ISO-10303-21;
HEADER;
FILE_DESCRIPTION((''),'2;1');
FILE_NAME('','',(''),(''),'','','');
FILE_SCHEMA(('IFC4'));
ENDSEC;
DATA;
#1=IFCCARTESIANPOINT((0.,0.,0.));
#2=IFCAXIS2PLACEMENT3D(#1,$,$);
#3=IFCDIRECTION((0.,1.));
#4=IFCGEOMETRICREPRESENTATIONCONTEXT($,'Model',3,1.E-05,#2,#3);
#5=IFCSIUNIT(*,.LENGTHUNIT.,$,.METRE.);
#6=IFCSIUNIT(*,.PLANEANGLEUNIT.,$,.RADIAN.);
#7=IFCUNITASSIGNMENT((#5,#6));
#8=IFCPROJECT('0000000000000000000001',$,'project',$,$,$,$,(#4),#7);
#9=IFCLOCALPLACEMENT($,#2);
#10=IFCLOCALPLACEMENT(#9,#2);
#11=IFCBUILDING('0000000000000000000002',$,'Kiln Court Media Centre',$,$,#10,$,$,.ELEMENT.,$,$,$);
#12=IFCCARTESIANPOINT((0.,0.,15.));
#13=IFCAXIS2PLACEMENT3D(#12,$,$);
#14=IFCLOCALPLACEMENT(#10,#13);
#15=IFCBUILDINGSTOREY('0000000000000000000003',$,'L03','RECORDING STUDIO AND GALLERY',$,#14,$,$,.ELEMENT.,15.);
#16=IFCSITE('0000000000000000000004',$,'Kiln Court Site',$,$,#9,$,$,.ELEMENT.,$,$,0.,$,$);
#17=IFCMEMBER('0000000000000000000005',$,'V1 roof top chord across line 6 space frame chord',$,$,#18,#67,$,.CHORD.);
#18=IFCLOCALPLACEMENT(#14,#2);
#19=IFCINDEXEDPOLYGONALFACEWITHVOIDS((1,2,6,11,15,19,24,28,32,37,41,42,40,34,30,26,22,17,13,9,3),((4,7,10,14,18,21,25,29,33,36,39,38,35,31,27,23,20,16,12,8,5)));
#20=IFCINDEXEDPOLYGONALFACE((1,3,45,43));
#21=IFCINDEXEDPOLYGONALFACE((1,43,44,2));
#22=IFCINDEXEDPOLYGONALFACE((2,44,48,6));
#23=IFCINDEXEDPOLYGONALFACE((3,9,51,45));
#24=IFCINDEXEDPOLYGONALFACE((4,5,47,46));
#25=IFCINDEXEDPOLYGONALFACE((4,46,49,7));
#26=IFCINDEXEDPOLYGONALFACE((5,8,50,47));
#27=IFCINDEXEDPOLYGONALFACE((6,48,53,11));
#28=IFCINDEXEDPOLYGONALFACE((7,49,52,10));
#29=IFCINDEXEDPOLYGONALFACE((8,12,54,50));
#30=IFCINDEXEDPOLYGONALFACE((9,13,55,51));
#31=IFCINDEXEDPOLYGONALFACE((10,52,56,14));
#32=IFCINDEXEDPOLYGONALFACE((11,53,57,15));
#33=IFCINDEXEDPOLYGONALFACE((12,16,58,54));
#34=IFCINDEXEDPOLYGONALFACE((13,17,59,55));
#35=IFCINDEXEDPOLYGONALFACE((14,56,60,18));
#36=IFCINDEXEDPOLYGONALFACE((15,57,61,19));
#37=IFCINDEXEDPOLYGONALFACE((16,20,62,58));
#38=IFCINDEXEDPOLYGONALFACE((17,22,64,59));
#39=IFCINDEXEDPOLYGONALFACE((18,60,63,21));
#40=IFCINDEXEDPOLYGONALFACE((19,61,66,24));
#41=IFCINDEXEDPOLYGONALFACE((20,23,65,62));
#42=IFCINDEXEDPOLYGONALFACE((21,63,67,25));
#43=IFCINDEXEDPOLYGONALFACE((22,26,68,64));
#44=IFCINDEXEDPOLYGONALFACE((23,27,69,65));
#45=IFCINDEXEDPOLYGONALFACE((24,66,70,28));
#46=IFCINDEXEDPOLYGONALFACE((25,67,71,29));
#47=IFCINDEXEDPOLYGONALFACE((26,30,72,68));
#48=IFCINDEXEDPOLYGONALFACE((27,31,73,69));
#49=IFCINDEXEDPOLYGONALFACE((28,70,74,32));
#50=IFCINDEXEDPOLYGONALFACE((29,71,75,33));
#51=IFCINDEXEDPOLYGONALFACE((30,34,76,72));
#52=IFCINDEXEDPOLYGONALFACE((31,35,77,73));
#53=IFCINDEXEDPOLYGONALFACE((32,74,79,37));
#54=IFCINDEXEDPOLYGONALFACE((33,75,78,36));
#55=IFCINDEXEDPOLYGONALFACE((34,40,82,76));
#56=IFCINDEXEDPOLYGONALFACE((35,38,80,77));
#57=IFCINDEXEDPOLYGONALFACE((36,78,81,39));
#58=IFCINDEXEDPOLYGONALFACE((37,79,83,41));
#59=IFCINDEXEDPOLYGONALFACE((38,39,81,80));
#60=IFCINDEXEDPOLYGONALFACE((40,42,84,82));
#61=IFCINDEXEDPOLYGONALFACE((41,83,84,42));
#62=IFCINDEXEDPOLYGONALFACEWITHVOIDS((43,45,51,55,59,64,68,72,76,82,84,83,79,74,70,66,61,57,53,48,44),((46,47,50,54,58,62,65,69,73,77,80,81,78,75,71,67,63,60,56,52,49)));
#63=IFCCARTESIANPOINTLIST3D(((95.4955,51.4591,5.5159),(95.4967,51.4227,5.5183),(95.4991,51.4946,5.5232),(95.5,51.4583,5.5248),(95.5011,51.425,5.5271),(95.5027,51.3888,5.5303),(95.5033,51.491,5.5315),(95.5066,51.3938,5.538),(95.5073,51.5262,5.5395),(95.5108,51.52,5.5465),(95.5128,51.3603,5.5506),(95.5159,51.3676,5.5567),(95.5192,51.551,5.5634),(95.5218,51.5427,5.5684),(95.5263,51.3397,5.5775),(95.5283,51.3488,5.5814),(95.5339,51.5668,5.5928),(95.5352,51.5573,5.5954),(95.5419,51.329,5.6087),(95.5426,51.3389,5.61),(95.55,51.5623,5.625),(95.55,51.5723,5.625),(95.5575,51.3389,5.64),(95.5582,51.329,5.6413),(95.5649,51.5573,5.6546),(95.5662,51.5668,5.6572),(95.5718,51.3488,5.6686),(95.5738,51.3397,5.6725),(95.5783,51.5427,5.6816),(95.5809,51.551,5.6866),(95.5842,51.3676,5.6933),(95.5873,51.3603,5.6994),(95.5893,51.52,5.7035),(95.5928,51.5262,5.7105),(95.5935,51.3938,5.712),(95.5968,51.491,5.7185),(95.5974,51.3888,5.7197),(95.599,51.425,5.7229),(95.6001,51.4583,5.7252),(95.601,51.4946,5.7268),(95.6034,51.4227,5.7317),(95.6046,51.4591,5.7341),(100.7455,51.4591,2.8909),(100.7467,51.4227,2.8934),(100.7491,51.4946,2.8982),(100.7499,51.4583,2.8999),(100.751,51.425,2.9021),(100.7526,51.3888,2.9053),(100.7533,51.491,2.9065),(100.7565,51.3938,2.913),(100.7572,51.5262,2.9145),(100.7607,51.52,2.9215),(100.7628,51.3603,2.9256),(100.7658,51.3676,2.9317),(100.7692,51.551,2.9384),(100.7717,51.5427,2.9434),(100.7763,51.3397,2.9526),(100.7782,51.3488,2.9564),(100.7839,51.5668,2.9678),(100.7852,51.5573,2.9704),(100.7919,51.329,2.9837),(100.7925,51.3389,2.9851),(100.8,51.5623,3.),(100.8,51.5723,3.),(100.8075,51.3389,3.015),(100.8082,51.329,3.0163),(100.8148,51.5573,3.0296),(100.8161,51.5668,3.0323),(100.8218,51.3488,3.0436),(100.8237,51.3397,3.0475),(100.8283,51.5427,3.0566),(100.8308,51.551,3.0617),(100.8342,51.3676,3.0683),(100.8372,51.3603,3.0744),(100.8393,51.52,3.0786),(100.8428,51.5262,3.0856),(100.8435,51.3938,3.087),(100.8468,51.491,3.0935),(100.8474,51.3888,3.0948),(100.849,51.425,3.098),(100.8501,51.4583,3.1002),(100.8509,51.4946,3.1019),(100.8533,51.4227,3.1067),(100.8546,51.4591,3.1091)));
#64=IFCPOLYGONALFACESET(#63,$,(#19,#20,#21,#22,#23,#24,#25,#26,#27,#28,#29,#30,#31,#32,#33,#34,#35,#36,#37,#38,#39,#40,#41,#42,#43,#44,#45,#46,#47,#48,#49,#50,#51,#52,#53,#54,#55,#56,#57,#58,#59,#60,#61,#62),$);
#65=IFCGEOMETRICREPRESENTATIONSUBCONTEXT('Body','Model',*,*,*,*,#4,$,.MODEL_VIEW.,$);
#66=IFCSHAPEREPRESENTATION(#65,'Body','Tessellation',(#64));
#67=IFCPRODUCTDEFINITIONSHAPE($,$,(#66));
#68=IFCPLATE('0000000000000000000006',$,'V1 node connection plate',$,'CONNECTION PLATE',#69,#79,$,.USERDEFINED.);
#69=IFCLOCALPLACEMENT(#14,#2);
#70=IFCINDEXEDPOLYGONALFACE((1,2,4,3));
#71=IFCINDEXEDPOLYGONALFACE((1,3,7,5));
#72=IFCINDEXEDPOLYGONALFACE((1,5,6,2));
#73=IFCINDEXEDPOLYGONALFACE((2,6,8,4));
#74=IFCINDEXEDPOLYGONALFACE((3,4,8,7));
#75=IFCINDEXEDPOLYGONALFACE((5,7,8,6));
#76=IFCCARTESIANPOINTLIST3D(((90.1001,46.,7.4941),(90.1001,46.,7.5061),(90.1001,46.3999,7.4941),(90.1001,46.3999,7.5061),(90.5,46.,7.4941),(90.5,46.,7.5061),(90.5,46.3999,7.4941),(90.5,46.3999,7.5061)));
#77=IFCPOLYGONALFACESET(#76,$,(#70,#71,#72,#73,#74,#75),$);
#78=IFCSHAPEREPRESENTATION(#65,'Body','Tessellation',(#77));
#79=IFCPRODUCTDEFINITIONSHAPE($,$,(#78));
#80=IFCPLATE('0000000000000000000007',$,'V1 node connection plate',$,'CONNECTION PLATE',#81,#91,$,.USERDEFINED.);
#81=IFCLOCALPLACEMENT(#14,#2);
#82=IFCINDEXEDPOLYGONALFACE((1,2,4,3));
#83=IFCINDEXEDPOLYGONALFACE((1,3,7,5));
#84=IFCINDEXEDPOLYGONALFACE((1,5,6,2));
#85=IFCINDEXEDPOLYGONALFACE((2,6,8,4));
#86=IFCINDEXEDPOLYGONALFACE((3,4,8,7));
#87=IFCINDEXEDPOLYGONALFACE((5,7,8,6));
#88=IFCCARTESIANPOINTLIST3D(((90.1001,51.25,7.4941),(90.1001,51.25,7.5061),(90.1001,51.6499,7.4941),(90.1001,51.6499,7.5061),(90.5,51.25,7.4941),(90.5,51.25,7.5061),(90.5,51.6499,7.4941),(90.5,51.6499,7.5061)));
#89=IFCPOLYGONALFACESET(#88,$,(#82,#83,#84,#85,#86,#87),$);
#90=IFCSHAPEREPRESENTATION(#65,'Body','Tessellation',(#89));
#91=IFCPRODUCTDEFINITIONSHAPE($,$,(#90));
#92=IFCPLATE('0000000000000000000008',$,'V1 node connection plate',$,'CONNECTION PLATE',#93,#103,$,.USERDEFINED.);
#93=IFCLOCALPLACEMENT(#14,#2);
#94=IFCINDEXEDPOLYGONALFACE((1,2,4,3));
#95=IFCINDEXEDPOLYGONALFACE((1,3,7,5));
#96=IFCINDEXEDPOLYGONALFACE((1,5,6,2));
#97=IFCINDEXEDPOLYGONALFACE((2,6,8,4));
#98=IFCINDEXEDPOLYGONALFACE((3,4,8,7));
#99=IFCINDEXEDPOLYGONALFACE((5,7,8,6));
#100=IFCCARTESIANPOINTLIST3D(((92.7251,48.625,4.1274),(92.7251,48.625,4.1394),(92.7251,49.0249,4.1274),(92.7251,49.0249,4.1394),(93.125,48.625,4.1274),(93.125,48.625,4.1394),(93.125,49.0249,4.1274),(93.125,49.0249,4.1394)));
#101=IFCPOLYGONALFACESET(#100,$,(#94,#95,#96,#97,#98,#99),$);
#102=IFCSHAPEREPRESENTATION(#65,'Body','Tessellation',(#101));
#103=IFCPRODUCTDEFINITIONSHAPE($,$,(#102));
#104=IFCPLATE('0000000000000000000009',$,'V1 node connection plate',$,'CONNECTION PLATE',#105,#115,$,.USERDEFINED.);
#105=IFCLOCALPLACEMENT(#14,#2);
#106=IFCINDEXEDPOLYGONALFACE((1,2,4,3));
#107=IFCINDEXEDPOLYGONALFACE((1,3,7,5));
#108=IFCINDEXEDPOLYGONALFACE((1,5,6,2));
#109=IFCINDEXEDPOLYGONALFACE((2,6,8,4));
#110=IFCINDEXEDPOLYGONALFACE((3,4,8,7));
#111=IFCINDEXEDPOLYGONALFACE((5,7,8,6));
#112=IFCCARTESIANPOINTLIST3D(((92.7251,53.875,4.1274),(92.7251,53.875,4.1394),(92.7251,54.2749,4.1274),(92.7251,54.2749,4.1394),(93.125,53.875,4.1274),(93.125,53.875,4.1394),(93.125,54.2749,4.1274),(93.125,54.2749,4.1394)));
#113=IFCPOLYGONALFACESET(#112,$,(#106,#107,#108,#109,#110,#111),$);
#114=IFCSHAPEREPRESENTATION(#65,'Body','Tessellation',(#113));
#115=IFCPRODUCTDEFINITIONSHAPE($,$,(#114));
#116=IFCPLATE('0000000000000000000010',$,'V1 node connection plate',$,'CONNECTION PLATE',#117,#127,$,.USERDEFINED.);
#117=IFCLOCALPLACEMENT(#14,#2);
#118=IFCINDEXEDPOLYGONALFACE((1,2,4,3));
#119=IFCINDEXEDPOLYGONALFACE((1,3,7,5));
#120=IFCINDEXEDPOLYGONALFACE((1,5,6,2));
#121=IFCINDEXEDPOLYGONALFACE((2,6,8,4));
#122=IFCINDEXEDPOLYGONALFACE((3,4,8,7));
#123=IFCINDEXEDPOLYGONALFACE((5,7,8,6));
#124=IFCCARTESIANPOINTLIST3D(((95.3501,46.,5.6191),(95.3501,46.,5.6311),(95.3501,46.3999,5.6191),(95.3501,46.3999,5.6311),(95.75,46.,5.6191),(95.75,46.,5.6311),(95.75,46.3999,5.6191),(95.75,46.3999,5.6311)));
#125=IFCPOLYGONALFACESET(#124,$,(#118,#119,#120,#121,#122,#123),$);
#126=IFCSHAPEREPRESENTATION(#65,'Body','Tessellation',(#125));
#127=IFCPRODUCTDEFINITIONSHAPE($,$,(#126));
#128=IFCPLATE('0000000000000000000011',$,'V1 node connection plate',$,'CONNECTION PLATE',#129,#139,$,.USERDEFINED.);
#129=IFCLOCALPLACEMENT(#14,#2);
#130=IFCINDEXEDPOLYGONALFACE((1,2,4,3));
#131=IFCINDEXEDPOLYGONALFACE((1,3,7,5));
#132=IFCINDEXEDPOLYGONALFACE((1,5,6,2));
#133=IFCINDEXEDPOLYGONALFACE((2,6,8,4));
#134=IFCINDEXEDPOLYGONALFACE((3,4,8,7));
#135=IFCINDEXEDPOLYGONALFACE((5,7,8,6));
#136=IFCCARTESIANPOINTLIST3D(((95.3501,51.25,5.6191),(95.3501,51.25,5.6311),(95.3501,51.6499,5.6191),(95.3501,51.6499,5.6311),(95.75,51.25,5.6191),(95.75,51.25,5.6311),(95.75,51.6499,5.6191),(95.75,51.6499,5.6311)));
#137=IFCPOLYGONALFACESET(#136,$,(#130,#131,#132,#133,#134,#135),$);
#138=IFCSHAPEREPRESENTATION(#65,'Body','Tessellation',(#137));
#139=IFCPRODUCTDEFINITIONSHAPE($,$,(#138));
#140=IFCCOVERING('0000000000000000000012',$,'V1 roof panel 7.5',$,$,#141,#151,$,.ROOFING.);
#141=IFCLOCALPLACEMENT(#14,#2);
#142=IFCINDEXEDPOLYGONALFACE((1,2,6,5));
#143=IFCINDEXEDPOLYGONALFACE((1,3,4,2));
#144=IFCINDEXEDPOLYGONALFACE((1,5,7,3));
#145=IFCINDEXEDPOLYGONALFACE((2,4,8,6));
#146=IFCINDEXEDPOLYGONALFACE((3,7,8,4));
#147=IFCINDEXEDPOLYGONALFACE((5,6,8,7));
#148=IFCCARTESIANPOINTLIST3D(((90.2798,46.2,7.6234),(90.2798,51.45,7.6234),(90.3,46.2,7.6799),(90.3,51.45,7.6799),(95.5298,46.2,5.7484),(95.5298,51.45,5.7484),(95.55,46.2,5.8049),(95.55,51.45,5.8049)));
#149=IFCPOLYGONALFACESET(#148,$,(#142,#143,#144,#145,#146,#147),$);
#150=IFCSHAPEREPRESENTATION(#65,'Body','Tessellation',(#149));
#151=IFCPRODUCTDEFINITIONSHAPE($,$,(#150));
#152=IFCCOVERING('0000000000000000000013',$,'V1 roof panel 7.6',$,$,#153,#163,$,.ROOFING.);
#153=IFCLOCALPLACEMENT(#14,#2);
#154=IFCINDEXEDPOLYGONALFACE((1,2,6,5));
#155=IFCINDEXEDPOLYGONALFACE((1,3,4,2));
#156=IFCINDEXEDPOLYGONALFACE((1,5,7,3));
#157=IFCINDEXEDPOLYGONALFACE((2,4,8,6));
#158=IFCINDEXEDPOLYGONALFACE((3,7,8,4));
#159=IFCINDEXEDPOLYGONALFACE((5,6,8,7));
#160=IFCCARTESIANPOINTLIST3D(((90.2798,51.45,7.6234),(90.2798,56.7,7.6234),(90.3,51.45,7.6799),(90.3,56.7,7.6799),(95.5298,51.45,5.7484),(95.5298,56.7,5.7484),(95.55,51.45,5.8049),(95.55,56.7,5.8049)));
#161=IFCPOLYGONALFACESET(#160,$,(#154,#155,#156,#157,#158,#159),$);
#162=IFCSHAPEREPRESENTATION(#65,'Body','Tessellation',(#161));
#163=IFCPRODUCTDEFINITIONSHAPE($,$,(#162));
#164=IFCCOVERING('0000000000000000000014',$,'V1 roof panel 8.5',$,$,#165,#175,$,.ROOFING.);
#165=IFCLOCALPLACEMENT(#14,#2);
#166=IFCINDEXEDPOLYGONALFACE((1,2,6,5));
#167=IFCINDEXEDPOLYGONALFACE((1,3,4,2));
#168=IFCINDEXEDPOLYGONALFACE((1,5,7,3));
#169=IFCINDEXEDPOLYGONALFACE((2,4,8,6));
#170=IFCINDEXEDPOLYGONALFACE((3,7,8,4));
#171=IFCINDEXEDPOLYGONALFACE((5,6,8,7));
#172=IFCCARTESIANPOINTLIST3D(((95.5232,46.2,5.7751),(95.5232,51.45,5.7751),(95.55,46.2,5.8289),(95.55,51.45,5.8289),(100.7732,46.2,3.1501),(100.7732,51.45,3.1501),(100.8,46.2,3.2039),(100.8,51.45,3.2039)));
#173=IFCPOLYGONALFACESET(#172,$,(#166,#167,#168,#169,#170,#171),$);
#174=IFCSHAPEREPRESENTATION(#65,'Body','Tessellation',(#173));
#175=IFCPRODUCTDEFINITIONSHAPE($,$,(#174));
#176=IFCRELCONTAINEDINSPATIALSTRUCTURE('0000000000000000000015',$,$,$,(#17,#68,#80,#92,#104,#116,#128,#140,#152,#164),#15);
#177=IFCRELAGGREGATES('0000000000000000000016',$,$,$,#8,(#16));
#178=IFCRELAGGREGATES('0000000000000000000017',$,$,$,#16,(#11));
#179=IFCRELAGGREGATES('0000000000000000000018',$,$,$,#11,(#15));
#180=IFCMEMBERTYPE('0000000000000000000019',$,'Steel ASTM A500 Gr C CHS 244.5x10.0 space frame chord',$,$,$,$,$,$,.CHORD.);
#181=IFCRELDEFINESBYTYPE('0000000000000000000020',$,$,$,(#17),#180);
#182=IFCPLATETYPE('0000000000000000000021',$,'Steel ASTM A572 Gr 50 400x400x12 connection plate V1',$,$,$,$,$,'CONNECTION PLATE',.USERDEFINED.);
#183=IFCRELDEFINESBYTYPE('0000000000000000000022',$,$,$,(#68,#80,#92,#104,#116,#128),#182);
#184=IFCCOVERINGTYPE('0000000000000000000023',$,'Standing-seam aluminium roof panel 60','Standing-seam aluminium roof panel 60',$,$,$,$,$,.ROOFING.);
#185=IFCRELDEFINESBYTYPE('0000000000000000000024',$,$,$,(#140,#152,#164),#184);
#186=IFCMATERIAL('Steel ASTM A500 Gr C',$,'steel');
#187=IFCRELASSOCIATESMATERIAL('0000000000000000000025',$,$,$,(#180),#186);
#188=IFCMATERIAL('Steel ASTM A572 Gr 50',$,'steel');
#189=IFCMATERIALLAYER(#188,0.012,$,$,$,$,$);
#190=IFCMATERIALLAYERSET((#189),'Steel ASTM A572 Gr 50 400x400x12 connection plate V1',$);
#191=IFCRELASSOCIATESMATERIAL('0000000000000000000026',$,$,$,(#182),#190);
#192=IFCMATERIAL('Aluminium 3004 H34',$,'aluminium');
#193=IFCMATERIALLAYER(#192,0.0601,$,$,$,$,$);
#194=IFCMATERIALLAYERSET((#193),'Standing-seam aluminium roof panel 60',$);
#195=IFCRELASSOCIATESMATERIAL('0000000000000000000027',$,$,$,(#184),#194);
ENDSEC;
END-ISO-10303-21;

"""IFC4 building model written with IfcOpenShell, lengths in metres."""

from ifc_helpers import new_model, si_unit, direction, frame, origin, origin_2d, place, context, subcontext, project, spatial, polyline, rectangle, hollow_circle, outline, extrude, material, layer, layer_set, material_profile, profile_set, type_object, element, save


model = new_model("IFC4")

# Units and contexts
model_context = context("Model", 3, precision=1e-05, world=origin(), true_north=direction((0.0, 1.0)))
body_context = subcontext(model_context, "Body", "Model", "MODEL_VIEW")
ifc_project = project(units=[si_unit("LENGTHUNIT", "METRE"), si_unit("PLANEANGLEUNIT", "RADIAN")], contexts=[model_context])

# Site, building, storey
site_placement = place(None, origin())
site = spatial("IfcSite", under=ifc_project, at=site_placement, Name="Kiln Court Site", CompositionType="ELEMENT", RefElevation=0.0)
building_placement = place(site_placement, origin())
building = spatial("IfcBuilding", under=site, at=building_placement, Name="Kiln Court Media Centre", CompositionType="ELEMENT")
storey_placement = place(building_placement, frame((0.0, 0.0, 15.0)))
storey = spatial("IfcBuildingStorey", under=building, at=storey_placement, Name="L03", Description="RECORDING STUDIO AND GALLERY", CompositionType="ELEMENT", Elevation=15.0)

# Member
ifc_material_1 = material(Name="Steel ASTM A500 Gr C", Category="steel")
ifc_material_profile_1 = material_profile(ifc_material_1, hollow_circle(Radius=0.1223, WallThickness=0.01, at=origin_2d()), Name="CHS 244.5x10.0")
ifc_profile_set_1 = profile_set([ifc_material_profile_1], Name="Steel ASTM A500 Gr C")
member_type_1 = type_object("IfcMemberType", Name="Steel ASTM A500 Gr C CHS 244.5x10.0 space frame chord", PredefinedType="CHORD", material=ifc_profile_set_1)
for number, where, z_axis, x_axis, name in (
    (1, (95.55, 51.45, 5.625), (0.894427, 0.0, -0.447214), (0.0, 1.0, 0.0), "V1 roof top chord across line 6 space frame chord"),
):
    element("IfcMember", number, at=place(storey_placement, frame(where, z_axis=z_axis, x_axis=x_axis)), inside=storey, type_object=member_type_1, Name=name, PredefinedType="CHORD", context=body_context, shape_type="SweptSolid", body=[
        extrude(hollow_circle(Radius=0.1223, WallThickness=0.01, at=origin_2d()), origin(), (0.0, 0.0, 1.0), 5.8696),
    ])

# Plates
ifc_material_2 = material(Name="Steel ASTM A572 Gr 50", Category="steel")
ifc_layer_1 = layer(ifc_material_2, 0.012)
ifc_layer_set_1 = layer_set([ifc_layer_1], Name="Steel ASTM A572 Gr 50 400x400x12 connection plate V1")
plate_type = type_object("IfcPlateType", Name="Steel ASTM A572 Gr 50 400x400x12 connection plate V1", ElementType="CONNECTION PLATE", PredefinedType="USERDEFINED", material=ifc_layer_set_1)
for number, where, z_axis, x_axis, name in (
    (2, (90.3, 46.2, 7.4941), (0.0, 0.0, 1.0), (1.0, 0.0, 0.0), "V1 node connection plate"),
    (3, (90.3, 51.45, 7.4941), (0.0, 0.0, 1.0), (1.0, 0.0, 0.0), "V1 node connection plate"),
    (4, (92.925, 48.825, 4.1274), (0.0, 0.0, 1.0), (1.0, 0.0, 0.0), "V1 node connection plate"),
    (5, (92.925, 54.075, 4.1274), (0.0, 0.0, 1.0), (1.0, 0.0, 0.0), "V1 node connection plate"),
    (6, (95.55, 46.2, 5.6191), (0.0, 0.0, 1.0), (1.0, 0.0, 0.0), "V1 node connection plate"),
    (7, (95.55, 51.45, 5.6191), (0.0, 0.0, 1.0), (1.0, 0.0, 0.0), "V1 node connection plate"),
):
    element("IfcPlate", number, at=place(storey_placement, frame(where, z_axis=z_axis, x_axis=x_axis)), inside=storey, type_object=plate_type, Name=name, ObjectType="CONNECTION PLATE", PredefinedType="USERDEFINED", context=body_context, shape_type="SweptSolid", body=[
        extrude(rectangle(XDim=0.3999, YDim=0.3999, at=origin_2d()), origin(), (0.0, 0.0, 1.0), 0.012),
    ])

# Coverings
ifc_material_3 = material(Name="Aluminium 3004 H34", Category="aluminium")
ifc_layer_2 = layer(ifc_material_3, 0.0601)
ifc_layer_set_2 = layer_set([ifc_layer_2], Name="Standing-seam aluminium roof panel 60")
covering_type = type_object("IfcCoveringType", Name="Standing-seam aluminium roof panel 60", Description="Standing-seam aluminium roof panel 60", PredefinedType="ROOFING", material=ifc_layer_set_2)
for number, where, z_axis, x_axis, name in (
    (8, (90.3, 46.2, 7.6799), (0.336336, 0.0, 0.941742), (0.941742, 0.0, -0.336336), "V1 roof panel 7.5"),
    (9, (90.3, 51.45, 7.6799), (0.336336, 0.0, 0.941742), (0.941742, 0.0, -0.336336), "V1 roof panel 7.6"),
):
    element("IfcCovering", number, at=place(storey_placement, frame(where, z_axis=z_axis, x_axis=x_axis)), inside=storey, type_object=covering_type, Name=name, PredefinedType="ROOFING", context=body_context, shape_type="SweptSolid", body=[
        extrude(outline(polyline([(0.0, 0.0), (5.5748, 0.0), (5.5748, 5.25), (0.0, 5.25), (0.0, 0.0)])), origin(), (0.0, 0.0, -1.0), 0.0601),
    ])
covering_placement = place(storey_placement, frame((95.55, 46.2, 5.8289), z_axis=(0.447214, 0.0, 0.894427), x_axis=(0.894427, 0.0, -0.447214)))
element("IfcCovering", 10, at=covering_placement, inside=storey, type_object=covering_type, Name="V1 roof panel 8.5", PredefinedType="ROOFING", context=body_context, shape_type="SweptSolid", body=[
    extrude(outline(polyline([(0.0, 0.0), (5.8697, 0.0), (5.8697, 5.25), (0.0, 5.25), (0.0, 0.0)])), origin(), (0.0, 0.0, -1.0), 0.0601),
])

save(model, "model.ifc")
